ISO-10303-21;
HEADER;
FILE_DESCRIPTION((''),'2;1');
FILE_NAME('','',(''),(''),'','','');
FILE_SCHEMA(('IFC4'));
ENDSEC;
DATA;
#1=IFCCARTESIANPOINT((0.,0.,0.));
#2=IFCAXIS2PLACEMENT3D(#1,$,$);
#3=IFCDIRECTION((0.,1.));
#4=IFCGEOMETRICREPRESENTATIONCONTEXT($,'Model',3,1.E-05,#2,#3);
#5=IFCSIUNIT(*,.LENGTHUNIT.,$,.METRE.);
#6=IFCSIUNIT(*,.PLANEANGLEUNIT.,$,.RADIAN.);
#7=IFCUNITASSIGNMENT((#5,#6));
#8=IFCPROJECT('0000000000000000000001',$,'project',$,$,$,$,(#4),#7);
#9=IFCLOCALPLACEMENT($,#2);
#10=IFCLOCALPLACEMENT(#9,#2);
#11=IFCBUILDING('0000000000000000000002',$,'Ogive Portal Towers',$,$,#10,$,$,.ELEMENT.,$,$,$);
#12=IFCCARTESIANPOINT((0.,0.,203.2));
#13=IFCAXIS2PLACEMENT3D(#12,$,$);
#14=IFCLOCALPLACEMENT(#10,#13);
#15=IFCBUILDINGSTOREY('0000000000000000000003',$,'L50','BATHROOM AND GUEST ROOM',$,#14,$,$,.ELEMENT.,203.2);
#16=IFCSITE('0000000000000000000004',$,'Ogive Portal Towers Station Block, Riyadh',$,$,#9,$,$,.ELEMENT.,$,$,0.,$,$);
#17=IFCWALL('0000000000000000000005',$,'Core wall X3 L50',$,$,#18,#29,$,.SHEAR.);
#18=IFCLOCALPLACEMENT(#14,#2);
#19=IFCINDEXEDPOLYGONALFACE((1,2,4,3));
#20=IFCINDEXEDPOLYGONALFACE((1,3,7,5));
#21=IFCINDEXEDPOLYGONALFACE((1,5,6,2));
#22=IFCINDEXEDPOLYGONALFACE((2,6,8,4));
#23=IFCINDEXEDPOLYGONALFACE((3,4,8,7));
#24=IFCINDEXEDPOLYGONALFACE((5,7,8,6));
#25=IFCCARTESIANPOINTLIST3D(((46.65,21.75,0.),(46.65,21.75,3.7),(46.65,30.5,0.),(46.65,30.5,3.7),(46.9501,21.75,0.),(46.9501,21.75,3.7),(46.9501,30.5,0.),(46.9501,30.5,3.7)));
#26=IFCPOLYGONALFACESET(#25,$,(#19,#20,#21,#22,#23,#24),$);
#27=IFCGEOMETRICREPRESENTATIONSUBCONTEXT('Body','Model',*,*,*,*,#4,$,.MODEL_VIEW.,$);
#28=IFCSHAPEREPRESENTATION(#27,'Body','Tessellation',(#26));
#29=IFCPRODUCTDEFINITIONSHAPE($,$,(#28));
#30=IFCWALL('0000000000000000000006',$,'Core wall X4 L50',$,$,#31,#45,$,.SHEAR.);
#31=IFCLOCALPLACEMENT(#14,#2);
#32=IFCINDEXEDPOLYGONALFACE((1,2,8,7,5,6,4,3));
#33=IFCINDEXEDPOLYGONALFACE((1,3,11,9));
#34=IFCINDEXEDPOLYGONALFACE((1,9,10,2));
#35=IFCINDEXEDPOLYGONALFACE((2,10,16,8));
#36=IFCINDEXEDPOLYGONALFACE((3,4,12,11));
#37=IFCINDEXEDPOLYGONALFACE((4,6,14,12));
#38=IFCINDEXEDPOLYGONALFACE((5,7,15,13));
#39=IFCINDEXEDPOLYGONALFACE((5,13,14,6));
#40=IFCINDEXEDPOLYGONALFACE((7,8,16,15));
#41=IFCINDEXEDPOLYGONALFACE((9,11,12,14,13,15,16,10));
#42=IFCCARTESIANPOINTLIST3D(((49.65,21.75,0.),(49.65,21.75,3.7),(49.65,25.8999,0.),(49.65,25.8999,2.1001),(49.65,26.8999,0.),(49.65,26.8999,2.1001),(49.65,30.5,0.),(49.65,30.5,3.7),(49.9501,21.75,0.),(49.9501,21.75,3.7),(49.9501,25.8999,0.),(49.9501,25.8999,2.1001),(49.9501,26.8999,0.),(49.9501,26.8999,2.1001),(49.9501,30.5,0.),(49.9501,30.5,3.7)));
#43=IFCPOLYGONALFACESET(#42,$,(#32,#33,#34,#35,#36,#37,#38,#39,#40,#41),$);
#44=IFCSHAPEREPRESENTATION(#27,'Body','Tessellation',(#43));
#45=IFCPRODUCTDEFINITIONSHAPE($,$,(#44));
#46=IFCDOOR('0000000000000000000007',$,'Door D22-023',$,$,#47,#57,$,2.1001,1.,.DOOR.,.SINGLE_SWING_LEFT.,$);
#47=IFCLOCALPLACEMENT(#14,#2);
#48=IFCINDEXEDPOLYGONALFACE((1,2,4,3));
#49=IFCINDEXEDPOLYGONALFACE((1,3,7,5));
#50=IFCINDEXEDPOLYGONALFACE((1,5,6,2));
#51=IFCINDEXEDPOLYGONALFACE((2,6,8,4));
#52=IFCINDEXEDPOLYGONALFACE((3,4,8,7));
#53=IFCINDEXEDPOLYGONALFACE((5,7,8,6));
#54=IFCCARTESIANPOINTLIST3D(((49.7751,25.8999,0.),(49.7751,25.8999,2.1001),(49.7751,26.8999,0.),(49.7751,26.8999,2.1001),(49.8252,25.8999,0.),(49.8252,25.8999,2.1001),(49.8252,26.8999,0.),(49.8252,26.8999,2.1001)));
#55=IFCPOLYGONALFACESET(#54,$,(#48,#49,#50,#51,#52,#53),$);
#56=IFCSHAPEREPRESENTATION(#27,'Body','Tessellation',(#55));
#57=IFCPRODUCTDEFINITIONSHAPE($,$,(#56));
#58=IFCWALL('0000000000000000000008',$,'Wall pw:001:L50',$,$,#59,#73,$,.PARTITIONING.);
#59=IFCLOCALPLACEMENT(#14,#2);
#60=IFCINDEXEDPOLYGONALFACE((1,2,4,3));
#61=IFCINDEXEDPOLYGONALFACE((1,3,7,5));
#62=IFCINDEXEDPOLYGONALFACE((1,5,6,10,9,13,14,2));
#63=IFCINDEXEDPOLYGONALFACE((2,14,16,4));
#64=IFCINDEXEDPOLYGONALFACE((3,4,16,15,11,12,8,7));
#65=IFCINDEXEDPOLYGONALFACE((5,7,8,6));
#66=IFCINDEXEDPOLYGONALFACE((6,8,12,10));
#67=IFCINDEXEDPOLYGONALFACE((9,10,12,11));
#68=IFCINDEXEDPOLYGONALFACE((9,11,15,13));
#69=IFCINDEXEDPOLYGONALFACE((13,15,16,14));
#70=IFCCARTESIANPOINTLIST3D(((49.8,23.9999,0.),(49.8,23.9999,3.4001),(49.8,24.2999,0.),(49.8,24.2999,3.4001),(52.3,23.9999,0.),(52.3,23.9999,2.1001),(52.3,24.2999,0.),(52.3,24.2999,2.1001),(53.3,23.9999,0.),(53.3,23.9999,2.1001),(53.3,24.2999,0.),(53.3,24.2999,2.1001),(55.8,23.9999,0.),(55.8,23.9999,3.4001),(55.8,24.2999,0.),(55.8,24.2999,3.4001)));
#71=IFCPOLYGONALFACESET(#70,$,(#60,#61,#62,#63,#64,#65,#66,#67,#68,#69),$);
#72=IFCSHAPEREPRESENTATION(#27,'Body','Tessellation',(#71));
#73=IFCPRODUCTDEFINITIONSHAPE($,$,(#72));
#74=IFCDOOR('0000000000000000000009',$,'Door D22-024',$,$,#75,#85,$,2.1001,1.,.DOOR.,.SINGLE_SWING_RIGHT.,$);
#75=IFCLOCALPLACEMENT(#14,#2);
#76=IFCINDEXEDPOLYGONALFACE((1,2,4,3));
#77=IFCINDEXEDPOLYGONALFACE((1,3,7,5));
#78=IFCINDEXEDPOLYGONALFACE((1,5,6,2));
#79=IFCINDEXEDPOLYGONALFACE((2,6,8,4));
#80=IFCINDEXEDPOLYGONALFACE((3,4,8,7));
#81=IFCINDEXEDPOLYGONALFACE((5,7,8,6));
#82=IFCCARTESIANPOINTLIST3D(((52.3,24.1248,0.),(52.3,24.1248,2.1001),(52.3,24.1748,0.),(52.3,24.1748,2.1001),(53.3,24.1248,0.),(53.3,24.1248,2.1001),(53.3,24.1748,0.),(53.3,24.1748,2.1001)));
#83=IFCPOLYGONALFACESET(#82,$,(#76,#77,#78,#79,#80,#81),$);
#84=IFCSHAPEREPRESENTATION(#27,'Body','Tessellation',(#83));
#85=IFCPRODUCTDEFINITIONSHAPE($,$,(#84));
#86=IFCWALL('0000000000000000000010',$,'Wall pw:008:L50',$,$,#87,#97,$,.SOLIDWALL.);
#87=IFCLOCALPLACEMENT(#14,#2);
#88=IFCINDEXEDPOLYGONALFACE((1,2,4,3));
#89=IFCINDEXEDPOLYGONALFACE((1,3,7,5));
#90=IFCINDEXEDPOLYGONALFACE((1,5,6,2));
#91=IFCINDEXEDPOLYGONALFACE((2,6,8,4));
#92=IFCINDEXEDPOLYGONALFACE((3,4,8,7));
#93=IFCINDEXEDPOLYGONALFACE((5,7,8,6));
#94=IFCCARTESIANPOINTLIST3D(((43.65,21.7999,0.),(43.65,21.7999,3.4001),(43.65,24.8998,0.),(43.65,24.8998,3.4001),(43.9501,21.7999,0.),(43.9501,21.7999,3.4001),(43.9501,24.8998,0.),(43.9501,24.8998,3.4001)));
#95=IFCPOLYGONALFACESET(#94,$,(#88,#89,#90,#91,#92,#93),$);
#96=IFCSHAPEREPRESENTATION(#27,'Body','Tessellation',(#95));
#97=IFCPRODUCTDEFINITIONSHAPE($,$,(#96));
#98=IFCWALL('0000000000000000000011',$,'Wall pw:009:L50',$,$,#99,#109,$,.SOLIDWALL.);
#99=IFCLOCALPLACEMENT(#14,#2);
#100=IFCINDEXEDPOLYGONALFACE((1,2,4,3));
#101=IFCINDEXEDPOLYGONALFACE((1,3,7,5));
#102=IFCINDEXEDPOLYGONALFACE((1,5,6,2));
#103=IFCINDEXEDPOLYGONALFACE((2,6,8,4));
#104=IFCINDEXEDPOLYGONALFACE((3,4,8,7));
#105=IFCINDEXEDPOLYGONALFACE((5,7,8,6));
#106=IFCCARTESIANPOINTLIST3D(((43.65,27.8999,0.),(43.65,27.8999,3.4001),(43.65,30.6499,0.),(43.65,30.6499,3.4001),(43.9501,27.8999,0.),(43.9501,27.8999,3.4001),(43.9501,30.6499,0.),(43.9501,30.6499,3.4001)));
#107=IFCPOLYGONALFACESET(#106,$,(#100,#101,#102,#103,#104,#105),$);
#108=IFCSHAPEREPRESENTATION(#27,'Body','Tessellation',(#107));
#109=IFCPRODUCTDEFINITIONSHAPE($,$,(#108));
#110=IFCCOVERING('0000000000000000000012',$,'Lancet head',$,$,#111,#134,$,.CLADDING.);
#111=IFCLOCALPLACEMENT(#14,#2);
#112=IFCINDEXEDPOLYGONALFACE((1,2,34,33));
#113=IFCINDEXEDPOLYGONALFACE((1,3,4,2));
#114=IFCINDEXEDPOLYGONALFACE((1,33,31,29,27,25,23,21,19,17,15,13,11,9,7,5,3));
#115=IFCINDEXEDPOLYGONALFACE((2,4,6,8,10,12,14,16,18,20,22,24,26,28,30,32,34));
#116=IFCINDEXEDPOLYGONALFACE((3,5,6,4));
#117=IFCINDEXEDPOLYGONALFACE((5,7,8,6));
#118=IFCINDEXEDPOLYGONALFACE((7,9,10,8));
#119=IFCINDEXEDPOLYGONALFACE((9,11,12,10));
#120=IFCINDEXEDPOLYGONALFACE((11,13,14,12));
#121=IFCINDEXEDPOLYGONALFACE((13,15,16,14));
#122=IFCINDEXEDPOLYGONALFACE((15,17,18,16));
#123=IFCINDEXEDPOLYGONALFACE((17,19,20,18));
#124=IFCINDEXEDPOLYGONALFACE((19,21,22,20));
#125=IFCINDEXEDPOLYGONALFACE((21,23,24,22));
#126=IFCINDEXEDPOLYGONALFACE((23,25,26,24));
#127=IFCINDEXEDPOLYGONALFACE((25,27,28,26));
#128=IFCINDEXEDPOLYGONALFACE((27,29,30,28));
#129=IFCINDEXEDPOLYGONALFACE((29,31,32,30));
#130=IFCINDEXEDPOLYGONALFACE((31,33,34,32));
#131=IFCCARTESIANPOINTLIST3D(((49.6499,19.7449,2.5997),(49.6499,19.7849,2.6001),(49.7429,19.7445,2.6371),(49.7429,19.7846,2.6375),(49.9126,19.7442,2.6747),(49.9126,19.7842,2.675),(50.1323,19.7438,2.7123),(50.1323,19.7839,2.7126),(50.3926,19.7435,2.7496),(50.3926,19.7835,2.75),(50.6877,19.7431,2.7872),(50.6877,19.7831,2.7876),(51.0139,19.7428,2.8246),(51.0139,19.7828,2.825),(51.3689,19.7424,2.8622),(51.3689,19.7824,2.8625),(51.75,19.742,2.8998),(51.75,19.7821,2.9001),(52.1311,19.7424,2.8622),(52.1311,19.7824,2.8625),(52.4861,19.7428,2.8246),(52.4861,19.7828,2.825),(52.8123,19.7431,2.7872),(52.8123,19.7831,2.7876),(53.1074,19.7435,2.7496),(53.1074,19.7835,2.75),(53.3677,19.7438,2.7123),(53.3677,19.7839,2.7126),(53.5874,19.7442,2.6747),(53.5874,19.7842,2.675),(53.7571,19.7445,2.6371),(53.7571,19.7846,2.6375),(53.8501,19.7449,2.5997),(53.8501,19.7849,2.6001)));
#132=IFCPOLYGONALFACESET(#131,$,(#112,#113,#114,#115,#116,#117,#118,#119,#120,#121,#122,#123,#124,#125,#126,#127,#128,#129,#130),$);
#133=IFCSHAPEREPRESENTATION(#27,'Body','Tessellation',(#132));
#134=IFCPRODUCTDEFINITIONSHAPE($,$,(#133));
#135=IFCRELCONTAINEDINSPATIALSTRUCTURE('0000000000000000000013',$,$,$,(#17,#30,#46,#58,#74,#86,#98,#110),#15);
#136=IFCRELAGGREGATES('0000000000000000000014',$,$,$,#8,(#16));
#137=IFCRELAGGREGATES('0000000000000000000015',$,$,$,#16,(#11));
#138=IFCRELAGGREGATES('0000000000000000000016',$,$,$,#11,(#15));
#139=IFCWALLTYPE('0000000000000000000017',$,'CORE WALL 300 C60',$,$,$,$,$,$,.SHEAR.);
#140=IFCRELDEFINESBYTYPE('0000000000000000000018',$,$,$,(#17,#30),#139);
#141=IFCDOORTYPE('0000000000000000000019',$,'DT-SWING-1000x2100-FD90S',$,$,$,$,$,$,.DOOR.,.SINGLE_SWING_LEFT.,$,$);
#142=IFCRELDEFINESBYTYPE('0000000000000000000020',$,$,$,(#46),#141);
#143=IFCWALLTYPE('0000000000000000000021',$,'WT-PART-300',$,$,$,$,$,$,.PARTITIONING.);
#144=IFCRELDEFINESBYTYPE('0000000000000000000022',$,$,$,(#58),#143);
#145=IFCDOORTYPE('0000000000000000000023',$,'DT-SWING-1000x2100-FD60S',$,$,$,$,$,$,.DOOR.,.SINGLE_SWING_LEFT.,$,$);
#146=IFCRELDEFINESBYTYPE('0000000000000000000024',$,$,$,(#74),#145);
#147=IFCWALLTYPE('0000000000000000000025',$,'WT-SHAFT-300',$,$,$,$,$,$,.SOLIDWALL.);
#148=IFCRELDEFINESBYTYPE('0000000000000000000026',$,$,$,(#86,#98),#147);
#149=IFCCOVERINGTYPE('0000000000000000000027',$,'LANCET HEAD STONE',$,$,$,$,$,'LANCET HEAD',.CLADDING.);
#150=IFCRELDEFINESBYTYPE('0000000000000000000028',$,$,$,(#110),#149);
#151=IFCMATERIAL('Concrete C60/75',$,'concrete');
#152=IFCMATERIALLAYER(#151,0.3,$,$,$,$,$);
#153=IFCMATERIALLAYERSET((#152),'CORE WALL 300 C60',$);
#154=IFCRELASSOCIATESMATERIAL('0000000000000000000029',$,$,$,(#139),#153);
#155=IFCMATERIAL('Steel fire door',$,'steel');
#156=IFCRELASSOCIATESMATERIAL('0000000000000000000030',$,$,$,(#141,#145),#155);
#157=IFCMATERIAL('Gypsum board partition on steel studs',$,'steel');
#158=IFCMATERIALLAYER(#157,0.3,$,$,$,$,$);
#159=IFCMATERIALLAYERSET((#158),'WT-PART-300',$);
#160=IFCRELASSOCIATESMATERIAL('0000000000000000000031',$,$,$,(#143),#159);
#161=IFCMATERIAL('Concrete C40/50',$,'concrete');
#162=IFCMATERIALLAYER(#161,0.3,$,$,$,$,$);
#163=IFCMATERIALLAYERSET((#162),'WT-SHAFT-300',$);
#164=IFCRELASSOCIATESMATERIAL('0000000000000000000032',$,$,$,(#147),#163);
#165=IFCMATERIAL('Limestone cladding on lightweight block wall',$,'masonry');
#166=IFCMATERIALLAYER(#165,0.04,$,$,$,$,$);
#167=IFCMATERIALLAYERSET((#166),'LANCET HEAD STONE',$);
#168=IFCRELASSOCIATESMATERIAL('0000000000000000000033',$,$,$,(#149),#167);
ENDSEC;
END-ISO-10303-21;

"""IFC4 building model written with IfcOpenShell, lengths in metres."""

from ifc_helpers import new_model, si_unit, direction, frame, frame_2d, origin, place, context, subcontext, project, spatial, polyline, rectangle, outline, extrude, material, layer, layer_set, type_object, element, fill, save


model = new_model("IFC4")

# Units and contexts
model_context = context("Model", 3, precision=1e-05, world=origin(), true_north=direction((0.0, 1.0)))
body_context = subcontext(model_context, "Body", "Model", "MODEL_VIEW")
ifc_project = project(units=[si_unit("LENGTHUNIT", "METRE"), si_unit("PLANEANGLEUNIT", "RADIAN")], contexts=[model_context])

# Site, building, storey
site_placement = place(None, origin())
site = spatial("IfcSite", under=ifc_project, at=site_placement, Name="Ogive Portal Towers Station Block, Riyadh", CompositionType="ELEMENT", RefElevation=0.0)
building_placement = place(site_placement, origin())
building = spatial("IfcBuilding", under=site, at=building_placement, Name="Ogive Portal Towers", CompositionType="ELEMENT")
storey_placement = place(building_placement, frame((0.0, 0.0, 203.2)))
storey = spatial("IfcBuildingStorey", under=building, at=storey_placement, Name="L50", Description="BATHROOM AND GUEST ROOM", CompositionType="ELEMENT", Elevation=203.2)

# Wall
ifc_material_1 = material(Name="Concrete C60/75", Category="concrete")
ifc_layer_1 = layer(ifc_material_1, 0.3)
ifc_layer_set_1 = layer_set([ifc_layer_1], Name="CORE WALL 300 C60")
wall_type_1 = type_object("IfcWallType", Name="CORE WALL 300 C60", PredefinedType="SHEAR", material=ifc_layer_set_1)
wall_1_placement = place(storey_placement, frame((46.8, 21.75, 0.0), z_axis=(0.0, 0.0, 1.0), x_axis=(0.0, 1.0, 0.0)))
element("IfcWall", 1, at=wall_1_placement, inside=storey, type_object=wall_type_1, Name="Core wall X3 L50", PredefinedType="SHEAR", context=body_context, shape_type="SweptSolid", body=[
    extrude(rectangle(XDim=8.75, YDim=0.3, at=frame_2d((4.375, 0.0))), origin(), (0.0, 0.0, 1.0), 3.7),
])

# Wall, opening, door
wall_2_placement = place(storey_placement, frame((49.8, 21.75, 0.0), z_axis=(0.0, 0.0, 1.0), x_axis=(0.0, 1.0, 0.0)))
wall_2 = element("IfcWall", 2, at=wall_2_placement, inside=storey, type_object=wall_type_1, Name="Core wall X4 L50", PredefinedType="SHEAR", context=body_context, shape_type="SweptSolid", body=[
    extrude(rectangle(XDim=8.75, YDim=0.3, at=frame_2d((4.375, 0.0))), origin(), (0.0, 0.0, 1.0), 3.7),
])
opening_1_placement = place(wall_2_placement, frame((4.1499, 0.0, 0.0)))
opening_1 = element("IfcOpeningElement", 3, at=opening_1_placement, cuts=wall_2, PredefinedType="OPENING", context=body_context, shape_type="SweptSolid", body=[
    extrude(rectangle(XDim=1.0, YDim=2.1001, at=frame_2d((0.5, 1.05))), frame((0.0, 0.1602, 0.0), z_axis=(0.0, -1.0, 0.0), x_axis=(1.0, 0.0, 0.0)), (0.0, 0.0, 1.0), 0.3201),
])
ifc_material_2 = material(Name="Steel fire door", Category="steel")
door_type_1 = type_object("IfcDoorType", Name="DT-SWING-1000x2100-FD90S", OperationType="SINGLE_SWING_LEFT", PredefinedType="DOOR", material=ifc_material_2)
door_1_placement = place(opening_1_placement, origin())
door_1 = element("IfcDoor", 4, at=door_1_placement, inside=storey, type_object=door_type_1, Name="Door D22-023", OperationType="SINGLE_SWING_LEFT", OverallHeight=2.1001, OverallWidth=1.0, PredefinedType="DOOR", context=body_context, shape_type="SweptSolid", body=[
    extrude(rectangle(XDim=1.0, YDim=2.1001, at=frame_2d((0.5, 1.05))), frame((0.0, 0.0249, 0.0), z_axis=(0.0, -1.0, 0.0), x_axis=(1.0, 0.0, 0.0)), (0.0, 0.0, 1.0), 0.05),
])
fill(opening_1, door_1)

# Shared definitions
ifc_material_3 = material(Name="Limestone cladding on lightweight block wall", Category="masonry")

# Wall, opening, door
ifc_material_4 = material(Name="Gypsum board partition on steel studs", Category="steel")
ifc_layer_2 = layer(ifc_material_4, 0.3)
ifc_layer_set_2 = layer_set([ifc_layer_2], Name="WT-PART-300")
wall_type_2 = type_object("IfcWallType", Name="WT-PART-300", PredefinedType="PARTITIONING", material=ifc_layer_set_2)
wall_3_placement = place(storey_placement, frame((49.8, 24.1499, 0.0), z_axis=(0.0, 0.0, 1.0), x_axis=(1.0, 0.0, 0.0)))
wall_3 = element("IfcWall", 5, at=wall_3_placement, inside=storey, type_object=wall_type_2, Name="Wall pw:001:L50", PredefinedType="PARTITIONING", context=body_context, shape_type="SweptSolid", body=[
    extrude(rectangle(XDim=6.0, YDim=0.3, at=frame_2d((3.0, 0.0))), origin(), (0.0, 0.0, 1.0), 3.4001),
])
opening_2_placement = place(wall_3_placement, frame((2.5, 0.0, 0.0)))
opening_2 = element("IfcOpeningElement", 6, at=opening_2_placement, cuts=wall_3, PredefinedType="OPENING", context=body_context, shape_type="SweptSolid", body=[
    extrude(rectangle(XDim=1.0, YDim=2.1001, at=frame_2d((0.5, 1.05))), frame((0.0, 0.1602, 0.0), z_axis=(0.0, -1.0, 0.0), x_axis=(1.0, 0.0, 0.0)), (0.0, 0.0, 1.0), 0.3201),
])
door_type_2 = type_object("IfcDoorType", Name="DT-SWING-1000x2100-FD60S", OperationType="SINGLE_SWING_LEFT", PredefinedType="DOOR", material=ifc_material_2)
door_2_placement = place(opening_2_placement, origin())
door_2 = element("IfcDoor", 7, at=door_2_placement, inside=storey, type_object=door_type_2, Name="Door D22-024", OperationType="SINGLE_SWING_RIGHT", OverallHeight=2.1001, OverallWidth=1.0, PredefinedType="DOOR", context=body_context, shape_type="SweptSolid", body=[
    extrude(rectangle(XDim=1.0, YDim=2.1001, at=frame_2d((0.5, 1.05))), frame((0.0, 0.0249, 0.0), z_axis=(0.0, -1.0, 0.0), x_axis=(1.0, 0.0, 0.0)), (0.0, 0.0, 1.0), 0.05),
])
fill(opening_2, door_2)

# Walls
ifc_material_5 = material(Name="Concrete C40/50", Category="concrete")
ifc_layer_3 = layer(ifc_material_5, 0.3)
ifc_layer_set_3 = layer_set([ifc_layer_3], Name="WT-SHAFT-300")
wall_type_3 = type_object("IfcWallType", Name="WT-SHAFT-300", PredefinedType="SOLIDWALL", material=ifc_layer_set_3)
wall_4_placement = place(storey_placement, frame((43.8, 21.8, 0.0), z_axis=(0.0, 0.0, 1.0), x_axis=(0.0, 1.0, 0.0)))
element("IfcWall", 8, at=wall_4_placement, inside=storey, type_object=wall_type_3, Name="Wall pw:008:L50", PredefinedType="SOLIDWALL", context=body_context, shape_type="SweptSolid", body=[
    extrude(rectangle(XDim=3.0999, YDim=0.3, at=frame_2d((1.5498, 0.0))), origin(), (0.0, 0.0, 1.0), 3.4001),
])
wall_5_placement = place(storey_placement, frame((43.8, 27.8999, 0.0), z_axis=(0.0, 0.0, 1.0), x_axis=(0.0, 1.0, 0.0)))
element("IfcWall", 9, at=wall_5_placement, inside=storey, type_object=wall_type_3, Name="Wall pw:009:L50", PredefinedType="SOLIDWALL", context=body_context, shape_type="SweptSolid", body=[
    extrude(rectangle(XDim=2.75, YDim=0.3, at=frame_2d((1.375, 0.0))), origin(), (0.0, 0.0, 1.0), 3.4001),
])

# Covering
ifc_layer_4 = layer(ifc_material_3, 0.04)
ifc_layer_set_4 = layer_set([ifc_layer_4], Name="LANCET HEAD STONE")
covering_type = type_object("IfcCoveringType", Name="LANCET HEAD STONE", ElementType="LANCET HEAD", PredefinedType="CLADDING", material=ifc_layer_set_4)
covering_placement = place(storey_placement, frame((49.6499, 19.7849, 2.6001), z_axis=(0.0, 0.999956, 0.009428), x_axis=(1.0, 0.0, 0.0)))
element("IfcCovering", 10, at=covering_placement, inside=storey, type_object=covering_type, Name="Lancet head", PredefinedType="CLADDING", context=body_context, shape_type="SweptSolid", body=[
    extrude(outline(polyline([(0.0, 0.0), (4.2002, 0.0), (4.1072, -0.0374), (3.9375, -0.075), (3.7178, -0.1126), (3.4575, -0.1499), (3.1624, -0.1875), (2.8362, -0.2249), (2.4812, -0.2625), (2.1001, -0.3001), (1.719, -0.2625), (1.364, -0.2249), (1.0378, -0.1875), (0.7427, -0.1499), (0.4824, -0.1126), (0.2627, -0.075), (0.093, -0.0374), (0.0, 0.0)])), origin(), (0.0, 0.0, -1.0), 0.04),
])

save(model, "model.ifc")
